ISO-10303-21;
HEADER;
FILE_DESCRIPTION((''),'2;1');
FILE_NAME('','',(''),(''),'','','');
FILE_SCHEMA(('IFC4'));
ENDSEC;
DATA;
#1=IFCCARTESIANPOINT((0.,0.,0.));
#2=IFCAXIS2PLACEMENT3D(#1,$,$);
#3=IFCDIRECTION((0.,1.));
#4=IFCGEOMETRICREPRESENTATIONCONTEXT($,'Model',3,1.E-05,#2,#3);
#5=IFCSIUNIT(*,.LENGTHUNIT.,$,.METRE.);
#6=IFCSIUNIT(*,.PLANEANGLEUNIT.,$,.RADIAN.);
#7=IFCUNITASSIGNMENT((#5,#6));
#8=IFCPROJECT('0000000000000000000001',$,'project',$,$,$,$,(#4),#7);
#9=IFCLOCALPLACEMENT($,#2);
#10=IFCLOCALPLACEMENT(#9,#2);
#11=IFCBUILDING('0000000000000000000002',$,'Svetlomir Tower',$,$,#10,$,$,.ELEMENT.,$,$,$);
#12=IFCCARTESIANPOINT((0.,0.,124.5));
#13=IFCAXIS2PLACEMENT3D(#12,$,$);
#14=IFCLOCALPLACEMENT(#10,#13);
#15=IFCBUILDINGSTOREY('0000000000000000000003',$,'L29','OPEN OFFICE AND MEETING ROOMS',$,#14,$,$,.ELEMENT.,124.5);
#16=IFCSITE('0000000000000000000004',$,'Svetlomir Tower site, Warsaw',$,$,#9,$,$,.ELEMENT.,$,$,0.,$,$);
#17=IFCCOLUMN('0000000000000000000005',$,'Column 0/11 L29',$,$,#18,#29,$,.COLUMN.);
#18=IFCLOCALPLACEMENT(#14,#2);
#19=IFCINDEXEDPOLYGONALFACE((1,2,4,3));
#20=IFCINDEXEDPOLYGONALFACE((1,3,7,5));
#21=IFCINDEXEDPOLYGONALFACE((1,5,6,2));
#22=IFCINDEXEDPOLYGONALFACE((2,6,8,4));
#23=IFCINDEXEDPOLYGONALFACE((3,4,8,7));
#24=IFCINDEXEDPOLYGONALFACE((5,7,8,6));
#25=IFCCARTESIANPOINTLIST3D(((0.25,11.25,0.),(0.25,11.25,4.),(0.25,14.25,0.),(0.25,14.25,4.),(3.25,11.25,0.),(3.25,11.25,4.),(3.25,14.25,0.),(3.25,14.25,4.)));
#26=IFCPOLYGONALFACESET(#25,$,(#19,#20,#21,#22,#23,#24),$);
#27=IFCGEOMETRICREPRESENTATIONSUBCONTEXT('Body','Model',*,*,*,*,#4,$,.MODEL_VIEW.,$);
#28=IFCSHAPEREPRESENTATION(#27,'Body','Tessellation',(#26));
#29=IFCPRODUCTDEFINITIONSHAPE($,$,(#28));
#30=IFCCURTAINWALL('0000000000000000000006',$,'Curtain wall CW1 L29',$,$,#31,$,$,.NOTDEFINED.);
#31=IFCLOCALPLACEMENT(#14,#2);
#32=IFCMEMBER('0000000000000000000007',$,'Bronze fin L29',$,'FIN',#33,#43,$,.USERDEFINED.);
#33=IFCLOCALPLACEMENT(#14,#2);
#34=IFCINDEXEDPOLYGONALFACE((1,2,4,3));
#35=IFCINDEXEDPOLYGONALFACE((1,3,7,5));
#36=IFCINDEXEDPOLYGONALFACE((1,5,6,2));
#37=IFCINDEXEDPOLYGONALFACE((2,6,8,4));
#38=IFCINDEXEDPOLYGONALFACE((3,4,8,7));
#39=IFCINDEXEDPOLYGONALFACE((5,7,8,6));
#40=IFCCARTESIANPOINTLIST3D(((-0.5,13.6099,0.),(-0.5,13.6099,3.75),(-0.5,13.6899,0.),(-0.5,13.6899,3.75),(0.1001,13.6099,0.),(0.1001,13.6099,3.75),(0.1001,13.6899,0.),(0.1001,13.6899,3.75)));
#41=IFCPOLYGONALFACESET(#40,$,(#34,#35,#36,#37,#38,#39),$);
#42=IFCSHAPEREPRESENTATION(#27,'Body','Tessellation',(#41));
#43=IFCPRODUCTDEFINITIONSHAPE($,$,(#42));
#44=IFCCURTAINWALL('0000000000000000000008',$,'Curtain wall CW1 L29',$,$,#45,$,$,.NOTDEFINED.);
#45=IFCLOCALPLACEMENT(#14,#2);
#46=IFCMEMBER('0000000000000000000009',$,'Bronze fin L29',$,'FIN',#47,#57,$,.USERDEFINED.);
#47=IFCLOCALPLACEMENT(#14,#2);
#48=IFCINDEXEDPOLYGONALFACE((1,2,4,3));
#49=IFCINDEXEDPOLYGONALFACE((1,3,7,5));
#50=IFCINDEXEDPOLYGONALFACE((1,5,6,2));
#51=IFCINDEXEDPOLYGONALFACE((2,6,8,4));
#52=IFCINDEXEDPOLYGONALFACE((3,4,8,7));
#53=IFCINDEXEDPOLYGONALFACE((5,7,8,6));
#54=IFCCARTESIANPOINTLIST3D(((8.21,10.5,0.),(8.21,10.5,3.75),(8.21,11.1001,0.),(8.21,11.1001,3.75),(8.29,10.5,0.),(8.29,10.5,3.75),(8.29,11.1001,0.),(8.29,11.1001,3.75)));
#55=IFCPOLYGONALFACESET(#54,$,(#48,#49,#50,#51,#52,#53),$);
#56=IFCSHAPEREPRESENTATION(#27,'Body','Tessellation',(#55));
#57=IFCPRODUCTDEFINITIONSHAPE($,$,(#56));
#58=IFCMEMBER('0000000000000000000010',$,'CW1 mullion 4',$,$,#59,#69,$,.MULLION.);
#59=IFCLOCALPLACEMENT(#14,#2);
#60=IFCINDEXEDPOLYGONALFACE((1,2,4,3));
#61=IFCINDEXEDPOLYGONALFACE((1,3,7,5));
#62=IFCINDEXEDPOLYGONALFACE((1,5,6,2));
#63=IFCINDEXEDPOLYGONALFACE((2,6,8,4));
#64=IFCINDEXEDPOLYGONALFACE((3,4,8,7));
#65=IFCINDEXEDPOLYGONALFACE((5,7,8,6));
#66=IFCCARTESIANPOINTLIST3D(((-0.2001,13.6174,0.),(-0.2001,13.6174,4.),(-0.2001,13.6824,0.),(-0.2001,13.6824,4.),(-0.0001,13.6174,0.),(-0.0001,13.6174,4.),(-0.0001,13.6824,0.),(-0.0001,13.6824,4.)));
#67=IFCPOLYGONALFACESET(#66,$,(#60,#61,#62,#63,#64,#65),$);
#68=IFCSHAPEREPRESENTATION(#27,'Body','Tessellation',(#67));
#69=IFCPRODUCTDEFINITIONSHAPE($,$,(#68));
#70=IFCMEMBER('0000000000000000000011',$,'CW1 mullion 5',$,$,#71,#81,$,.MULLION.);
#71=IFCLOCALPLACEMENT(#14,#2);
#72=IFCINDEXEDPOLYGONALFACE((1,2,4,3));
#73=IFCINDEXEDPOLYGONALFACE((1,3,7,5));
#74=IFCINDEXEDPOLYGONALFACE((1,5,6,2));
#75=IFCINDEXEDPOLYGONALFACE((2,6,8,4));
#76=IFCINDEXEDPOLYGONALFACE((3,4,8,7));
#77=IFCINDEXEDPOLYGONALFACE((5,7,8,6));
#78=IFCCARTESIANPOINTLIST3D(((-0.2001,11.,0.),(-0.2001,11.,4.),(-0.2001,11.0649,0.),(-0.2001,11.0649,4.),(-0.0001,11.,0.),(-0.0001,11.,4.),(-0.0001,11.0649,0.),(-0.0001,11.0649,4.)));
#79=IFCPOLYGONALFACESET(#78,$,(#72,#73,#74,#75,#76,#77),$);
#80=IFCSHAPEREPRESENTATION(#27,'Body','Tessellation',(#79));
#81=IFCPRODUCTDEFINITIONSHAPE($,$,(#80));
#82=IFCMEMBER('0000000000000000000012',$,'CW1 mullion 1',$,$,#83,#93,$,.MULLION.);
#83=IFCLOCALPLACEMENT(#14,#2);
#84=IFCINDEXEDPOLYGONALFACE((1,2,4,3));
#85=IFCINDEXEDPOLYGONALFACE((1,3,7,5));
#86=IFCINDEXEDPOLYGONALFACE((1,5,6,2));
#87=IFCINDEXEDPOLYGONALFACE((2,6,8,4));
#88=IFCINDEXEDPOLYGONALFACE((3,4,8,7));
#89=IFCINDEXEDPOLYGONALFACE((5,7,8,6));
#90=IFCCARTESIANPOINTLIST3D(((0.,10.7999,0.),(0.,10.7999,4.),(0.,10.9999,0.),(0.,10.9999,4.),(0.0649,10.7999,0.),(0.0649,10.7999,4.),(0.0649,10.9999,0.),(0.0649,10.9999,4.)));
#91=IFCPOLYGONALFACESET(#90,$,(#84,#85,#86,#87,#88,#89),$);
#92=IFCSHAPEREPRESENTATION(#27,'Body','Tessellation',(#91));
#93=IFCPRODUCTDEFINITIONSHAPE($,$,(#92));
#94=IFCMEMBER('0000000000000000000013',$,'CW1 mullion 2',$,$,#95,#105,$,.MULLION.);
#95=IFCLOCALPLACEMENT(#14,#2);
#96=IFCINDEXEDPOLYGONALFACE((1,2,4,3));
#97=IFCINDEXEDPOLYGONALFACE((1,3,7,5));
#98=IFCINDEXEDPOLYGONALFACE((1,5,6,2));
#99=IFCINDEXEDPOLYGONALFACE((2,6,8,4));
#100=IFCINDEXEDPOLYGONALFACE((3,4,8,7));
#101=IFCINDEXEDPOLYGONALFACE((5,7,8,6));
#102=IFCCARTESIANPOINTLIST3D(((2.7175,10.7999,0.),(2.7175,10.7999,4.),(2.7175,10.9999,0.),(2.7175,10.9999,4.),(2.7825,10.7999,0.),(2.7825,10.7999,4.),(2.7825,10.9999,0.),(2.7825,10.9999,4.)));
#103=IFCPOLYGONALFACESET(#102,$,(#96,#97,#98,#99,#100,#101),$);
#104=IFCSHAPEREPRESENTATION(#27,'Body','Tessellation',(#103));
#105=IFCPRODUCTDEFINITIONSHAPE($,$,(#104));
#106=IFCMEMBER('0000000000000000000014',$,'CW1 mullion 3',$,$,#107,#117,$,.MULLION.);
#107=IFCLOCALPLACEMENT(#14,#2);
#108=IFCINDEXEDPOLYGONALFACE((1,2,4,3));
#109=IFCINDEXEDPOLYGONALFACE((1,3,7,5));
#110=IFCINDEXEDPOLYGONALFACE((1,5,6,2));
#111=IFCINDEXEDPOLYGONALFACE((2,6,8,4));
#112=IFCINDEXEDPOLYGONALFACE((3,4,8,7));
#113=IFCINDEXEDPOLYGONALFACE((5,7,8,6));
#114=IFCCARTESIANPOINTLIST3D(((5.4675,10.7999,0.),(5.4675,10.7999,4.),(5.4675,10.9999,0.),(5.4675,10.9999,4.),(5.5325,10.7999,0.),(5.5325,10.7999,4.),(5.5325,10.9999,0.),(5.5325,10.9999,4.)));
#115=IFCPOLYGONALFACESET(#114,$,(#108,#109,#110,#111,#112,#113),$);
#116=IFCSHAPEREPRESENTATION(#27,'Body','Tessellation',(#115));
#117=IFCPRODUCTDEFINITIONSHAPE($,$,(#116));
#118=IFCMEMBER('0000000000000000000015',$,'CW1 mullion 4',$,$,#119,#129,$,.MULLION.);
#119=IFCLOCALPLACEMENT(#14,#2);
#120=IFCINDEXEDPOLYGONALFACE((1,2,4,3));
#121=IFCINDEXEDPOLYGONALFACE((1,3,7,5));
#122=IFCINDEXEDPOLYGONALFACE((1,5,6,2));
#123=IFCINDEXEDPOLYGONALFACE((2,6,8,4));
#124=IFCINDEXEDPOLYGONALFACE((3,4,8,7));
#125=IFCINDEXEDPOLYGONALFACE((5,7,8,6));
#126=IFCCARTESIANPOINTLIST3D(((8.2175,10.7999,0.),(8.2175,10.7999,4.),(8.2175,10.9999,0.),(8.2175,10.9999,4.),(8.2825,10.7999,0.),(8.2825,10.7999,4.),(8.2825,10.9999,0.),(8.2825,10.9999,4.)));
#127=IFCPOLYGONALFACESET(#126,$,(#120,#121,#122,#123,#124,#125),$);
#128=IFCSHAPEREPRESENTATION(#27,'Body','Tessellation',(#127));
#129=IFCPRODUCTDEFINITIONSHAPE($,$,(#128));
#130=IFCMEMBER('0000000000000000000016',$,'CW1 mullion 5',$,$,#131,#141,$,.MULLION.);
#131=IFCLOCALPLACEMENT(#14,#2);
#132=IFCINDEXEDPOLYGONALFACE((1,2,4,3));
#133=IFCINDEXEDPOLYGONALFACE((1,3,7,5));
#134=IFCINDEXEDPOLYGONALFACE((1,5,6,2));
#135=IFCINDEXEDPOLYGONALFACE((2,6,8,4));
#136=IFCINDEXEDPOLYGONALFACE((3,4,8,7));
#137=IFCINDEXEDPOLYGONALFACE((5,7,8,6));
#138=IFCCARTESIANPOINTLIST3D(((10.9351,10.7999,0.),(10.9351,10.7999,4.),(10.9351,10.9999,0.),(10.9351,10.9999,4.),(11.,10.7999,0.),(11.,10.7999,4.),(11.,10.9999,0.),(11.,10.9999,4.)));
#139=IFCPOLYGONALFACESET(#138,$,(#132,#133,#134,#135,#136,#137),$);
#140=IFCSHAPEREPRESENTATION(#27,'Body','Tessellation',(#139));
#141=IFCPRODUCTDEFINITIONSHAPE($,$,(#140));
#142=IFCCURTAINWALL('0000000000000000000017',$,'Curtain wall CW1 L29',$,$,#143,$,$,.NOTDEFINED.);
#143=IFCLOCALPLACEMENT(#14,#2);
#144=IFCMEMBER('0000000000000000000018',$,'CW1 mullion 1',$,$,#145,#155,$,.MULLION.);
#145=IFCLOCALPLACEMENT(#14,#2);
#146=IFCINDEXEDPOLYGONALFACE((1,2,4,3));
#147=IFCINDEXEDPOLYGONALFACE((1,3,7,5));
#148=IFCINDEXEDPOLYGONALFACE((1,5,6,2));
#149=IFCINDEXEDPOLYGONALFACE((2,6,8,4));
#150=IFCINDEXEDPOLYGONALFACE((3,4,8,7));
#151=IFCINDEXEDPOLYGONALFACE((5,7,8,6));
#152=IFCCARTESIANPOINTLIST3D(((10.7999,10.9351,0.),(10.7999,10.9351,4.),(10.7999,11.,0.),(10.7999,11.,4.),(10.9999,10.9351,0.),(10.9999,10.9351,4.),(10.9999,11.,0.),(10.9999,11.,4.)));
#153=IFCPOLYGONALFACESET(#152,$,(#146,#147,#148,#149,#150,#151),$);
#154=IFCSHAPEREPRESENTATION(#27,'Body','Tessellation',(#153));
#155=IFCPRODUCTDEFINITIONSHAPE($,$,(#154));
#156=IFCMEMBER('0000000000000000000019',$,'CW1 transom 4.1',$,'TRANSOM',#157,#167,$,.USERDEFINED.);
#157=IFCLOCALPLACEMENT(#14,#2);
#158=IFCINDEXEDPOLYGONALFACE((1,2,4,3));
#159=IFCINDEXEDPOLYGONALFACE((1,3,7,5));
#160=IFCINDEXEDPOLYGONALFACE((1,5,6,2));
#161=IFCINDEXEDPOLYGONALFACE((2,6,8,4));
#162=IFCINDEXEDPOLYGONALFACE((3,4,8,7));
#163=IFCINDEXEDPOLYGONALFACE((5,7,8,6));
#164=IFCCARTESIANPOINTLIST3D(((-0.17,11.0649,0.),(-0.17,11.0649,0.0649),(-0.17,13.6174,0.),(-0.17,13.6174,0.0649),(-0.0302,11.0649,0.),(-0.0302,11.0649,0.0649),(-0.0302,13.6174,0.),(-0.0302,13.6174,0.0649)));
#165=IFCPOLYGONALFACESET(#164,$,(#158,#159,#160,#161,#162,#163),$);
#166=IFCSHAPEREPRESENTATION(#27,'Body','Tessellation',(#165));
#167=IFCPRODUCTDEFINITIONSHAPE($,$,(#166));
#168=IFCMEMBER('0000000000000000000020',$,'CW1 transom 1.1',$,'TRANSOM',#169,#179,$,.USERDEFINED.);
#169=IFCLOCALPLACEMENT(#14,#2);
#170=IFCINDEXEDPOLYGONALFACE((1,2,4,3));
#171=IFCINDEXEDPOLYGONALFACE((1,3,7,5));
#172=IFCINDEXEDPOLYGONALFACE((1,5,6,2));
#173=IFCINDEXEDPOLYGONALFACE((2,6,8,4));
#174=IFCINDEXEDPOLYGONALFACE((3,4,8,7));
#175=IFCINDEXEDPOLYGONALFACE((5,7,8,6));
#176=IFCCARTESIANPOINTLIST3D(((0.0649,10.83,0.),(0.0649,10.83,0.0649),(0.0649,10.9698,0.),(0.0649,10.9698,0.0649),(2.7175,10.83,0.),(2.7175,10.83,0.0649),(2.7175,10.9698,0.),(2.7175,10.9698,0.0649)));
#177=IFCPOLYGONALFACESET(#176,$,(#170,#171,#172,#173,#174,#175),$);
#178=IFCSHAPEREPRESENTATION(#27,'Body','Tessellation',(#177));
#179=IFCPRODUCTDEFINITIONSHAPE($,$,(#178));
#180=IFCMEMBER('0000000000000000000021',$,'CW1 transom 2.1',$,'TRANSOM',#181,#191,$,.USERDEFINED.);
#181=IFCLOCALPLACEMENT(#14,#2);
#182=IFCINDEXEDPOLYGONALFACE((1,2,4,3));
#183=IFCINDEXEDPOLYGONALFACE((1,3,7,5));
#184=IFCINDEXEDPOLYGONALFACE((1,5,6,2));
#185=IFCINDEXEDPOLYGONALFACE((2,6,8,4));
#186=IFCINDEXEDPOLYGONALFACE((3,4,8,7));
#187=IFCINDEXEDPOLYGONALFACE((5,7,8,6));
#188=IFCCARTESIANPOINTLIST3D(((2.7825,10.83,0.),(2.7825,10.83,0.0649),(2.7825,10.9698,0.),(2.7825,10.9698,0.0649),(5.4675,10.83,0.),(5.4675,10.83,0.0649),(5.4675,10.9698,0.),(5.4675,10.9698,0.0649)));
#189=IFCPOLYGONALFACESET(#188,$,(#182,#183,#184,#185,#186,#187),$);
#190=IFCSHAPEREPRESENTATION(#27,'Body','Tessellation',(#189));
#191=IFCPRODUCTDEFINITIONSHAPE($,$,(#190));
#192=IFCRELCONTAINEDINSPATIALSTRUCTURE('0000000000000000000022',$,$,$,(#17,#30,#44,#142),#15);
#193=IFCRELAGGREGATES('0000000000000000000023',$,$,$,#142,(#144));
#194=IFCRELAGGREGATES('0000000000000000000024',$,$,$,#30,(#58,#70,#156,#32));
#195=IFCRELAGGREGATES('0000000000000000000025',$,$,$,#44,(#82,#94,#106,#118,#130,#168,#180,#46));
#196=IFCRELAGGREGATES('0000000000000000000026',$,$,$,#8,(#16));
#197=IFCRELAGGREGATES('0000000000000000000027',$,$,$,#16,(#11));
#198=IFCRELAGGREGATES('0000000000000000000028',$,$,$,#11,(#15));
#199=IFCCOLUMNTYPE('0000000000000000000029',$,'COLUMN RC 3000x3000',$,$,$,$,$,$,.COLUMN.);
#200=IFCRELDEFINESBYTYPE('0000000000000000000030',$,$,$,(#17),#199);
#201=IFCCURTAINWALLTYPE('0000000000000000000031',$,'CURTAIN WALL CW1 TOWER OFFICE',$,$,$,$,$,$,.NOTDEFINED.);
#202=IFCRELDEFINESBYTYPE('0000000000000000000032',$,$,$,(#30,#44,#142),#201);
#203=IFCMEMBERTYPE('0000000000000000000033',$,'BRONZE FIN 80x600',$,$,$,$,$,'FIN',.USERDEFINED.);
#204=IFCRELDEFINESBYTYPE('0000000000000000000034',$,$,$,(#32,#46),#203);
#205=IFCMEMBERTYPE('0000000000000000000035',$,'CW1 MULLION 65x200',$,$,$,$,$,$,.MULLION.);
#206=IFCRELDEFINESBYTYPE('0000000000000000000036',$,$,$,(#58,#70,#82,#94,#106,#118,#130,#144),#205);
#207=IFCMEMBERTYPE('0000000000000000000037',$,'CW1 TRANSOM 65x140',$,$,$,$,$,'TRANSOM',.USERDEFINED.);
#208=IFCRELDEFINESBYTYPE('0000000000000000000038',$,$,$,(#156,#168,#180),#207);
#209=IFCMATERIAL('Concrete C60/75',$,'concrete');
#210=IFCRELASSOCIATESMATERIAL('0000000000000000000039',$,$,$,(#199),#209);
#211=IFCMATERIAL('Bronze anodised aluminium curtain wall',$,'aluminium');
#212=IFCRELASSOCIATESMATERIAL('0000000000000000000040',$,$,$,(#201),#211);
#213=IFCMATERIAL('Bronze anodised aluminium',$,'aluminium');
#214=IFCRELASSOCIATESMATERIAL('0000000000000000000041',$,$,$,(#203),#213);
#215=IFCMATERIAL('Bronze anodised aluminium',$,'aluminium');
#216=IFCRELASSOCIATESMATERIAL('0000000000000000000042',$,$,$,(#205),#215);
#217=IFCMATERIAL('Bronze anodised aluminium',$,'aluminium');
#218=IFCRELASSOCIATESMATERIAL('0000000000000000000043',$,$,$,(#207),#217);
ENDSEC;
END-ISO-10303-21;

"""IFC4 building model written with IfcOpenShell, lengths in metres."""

from ifc_helpers import new_model, si_unit, direction, frame, origin, origin_2d, place, context, subcontext, project, spatial, rectangle, extrude, material, material_profile, profile_set, type_object, element, aggregate, save


model = new_model("IFC4")

# Units and contexts
model_context = context("Model", 3, precision=1e-05, world=origin(), true_north=direction((0.0, 1.0)))
body_context = subcontext(model_context, "Body", "Model", "MODEL_VIEW")
ifc_project = project(units=[si_unit("LENGTHUNIT", "METRE"), si_unit("PLANEANGLEUNIT", "RADIAN")], contexts=[model_context])

# Site, building, storey
site_placement = place(None, origin())
site = spatial("IfcSite", under=ifc_project, at=site_placement, Name="Svetlomir Tower site, Warsaw", CompositionType="ELEMENT", RefElevation=0.0)
building_placement = place(site_placement, origin())
building = spatial("IfcBuilding", under=site, at=building_placement, Name="Svetlomir Tower", CompositionType="ELEMENT")
storey_placement = place(building_placement, frame((0.0, 0.0, 124.5)))
storey = spatial("IfcBuildingStorey", under=building, at=storey_placement, Name="L29", Description="OPEN OFFICE AND MEETING ROOMS", CompositionType="ELEMENT", Elevation=124.5)

# Column
ifc_material_1 = material(Name="Concrete C60/75", Category="concrete")
ifc_material_profile_1 = material_profile(ifc_material_1, rectangle(XDim=3.0, YDim=3.0, at=origin_2d()), Name="RC 3000x3000")
ifc_profile_set_1 = profile_set([ifc_material_profile_1], Name="Concrete C60/75")
column_type = type_object("IfcColumnType", Name="COLUMN RC 3000x3000", PredefinedType="COLUMN", material=ifc_profile_set_1)
column_placement = place(storey_placement, frame((1.75, 12.75, 0.0), z_axis=(0.0, 0.0, 1.0), x_axis=(1.0, 0.0, 0.0)))
element("IfcColumn", 1, at=column_placement, inside=storey, type_object=column_type, Name="Column 0/11 L29", PredefinedType="COLUMN", context=body_context, shape_type="SweptSolid", body=[
    extrude(rectangle(XDim=3.0, YDim=3.0, at=origin_2d()), origin(), (0.0, 0.0, 1.0), 4.0),
])

# Curtain walls, members
ifc_material_2 = material(Name="Bronze anodised aluminium curtain wall", Category="aluminium")
curtain_wall_type = type_object("IfcCurtainWallType", Name="CURTAIN WALL CW1 TOWER OFFICE", PredefinedType="NOTDEFINED", material=ifc_material_2)
curtain_wall_1_placement = place(storey_placement, origin())
curtain_wall_1 = element("IfcCurtainWall", 2, at=curtain_wall_1_placement, inside=storey, type_object=curtain_wall_type, Name="Curtain wall CW1 L29", PredefinedType="NOTDEFINED")
ifc_material_3 = material(Name="Bronze anodised aluminium", Category="aluminium")
ifc_material_profile_2 = material_profile(ifc_material_3, rectangle(XDim=0.0801, YDim=0.6001, at=origin_2d()), Name="FIN 80x600")
ifc_profile_set_2 = profile_set([ifc_material_profile_2], Name="Bronze anodised aluminium 6063-T6")
member_type_1 = type_object("IfcMemberType", Name="BRONZE FIN 80x600", ElementType="FIN", PredefinedType="USERDEFINED", material=ifc_profile_set_2)
member_1_placement = place(storey_placement, frame((-0.2, 13.6499, 0.0), z_axis=(0.0, 0.0, 1.0), x_axis=(0.0, 1.0, 0.0)))
member_1 = element("IfcMember", 3, at=member_1_placement, type_object=member_type_1, Name="Bronze fin L29", ObjectType="FIN", PredefinedType="USERDEFINED", context=body_context, shape_type="SweptSolid", body=[
    extrude(rectangle(XDim=0.0801, YDim=0.6001, at=origin_2d()), origin(), (0.0, 0.0, 1.0), 3.75),
])
curtain_wall_2_placement = place(storey_placement, origin())
curtain_wall_2 = element("IfcCurtainWall", 4, at=curtain_wall_2_placement, inside=storey, type_object=curtain_wall_type, Name="Curtain wall CW1 L29", PredefinedType="NOTDEFINED")
member_2_placement = place(storey_placement, frame((8.25, 10.8, 0.0), z_axis=(0.0, 0.0, 1.0), x_axis=(1.0, 0.0, 0.0)))
member_2 = element("IfcMember", 5, at=member_2_placement, type_object=member_type_1, Name="Bronze fin L29", ObjectType="FIN", PredefinedType="USERDEFINED", context=body_context, shape_type="SweptSolid", body=[
    extrude(rectangle(XDim=0.0801, YDim=0.6001, at=origin_2d()), origin(), (0.0, 0.0, 1.0), 3.75),
])

# Members
ifc_material_4 = material(Name="Bronze anodised aluminium", Category="aluminium")
ifc_material_profile_3 = material_profile(ifc_material_4, rectangle(XDim=0.0649, YDim=0.2, at=origin_2d()), Name="AL 65x200")
ifc_profile_set_3 = profile_set([ifc_material_profile_3], Name="Bronze anodised aluminium 6063-T6")
member_type_2 = type_object("IfcMemberType", Name="CW1 MULLION 65x200", PredefinedType="MULLION", material=ifc_profile_set_3)
member_3_placement = place(storey_placement, frame((-0.1001, 13.6499, 0.0), z_axis=(0.0, 0.0, 1.0), x_axis=(0.0, -1.0, 0.0)))
member_3 = element("IfcMember", 6, at=member_3_placement, type_object=member_type_2, Name="CW1 mullion 4", PredefinedType="MULLION", context=body_context, shape_type="SweptSolid", body=[
    extrude(rectangle(XDim=0.0649, YDim=0.2, at=origin_2d()), origin(), (0.0, 0.0, 1.0), 4.0),
])
member_4_placement = place(storey_placement, frame((-0.1001, 11.0325, 0.0), z_axis=(0.0, 0.0, 1.0), x_axis=(0.0, -1.0, 0.0)))
member_4 = element("IfcMember", 7, at=member_4_placement, type_object=member_type_2, Name="CW1 mullion 5", PredefinedType="MULLION", context=body_context, shape_type="SweptSolid", body=[
    extrude(rectangle(XDim=0.0649, YDim=0.2, at=origin_2d()), origin(), (0.0, 0.0, 1.0), 4.0),
])
member_5_placement = place(storey_placement, frame((0.0325, 10.8999, 0.0), z_axis=(0.0, 0.0, 1.0), x_axis=(1.0, 0.0, 0.0)))
member_5 = element("IfcMember", 8, at=member_5_placement, type_object=member_type_2, Name="CW1 mullion 1", PredefinedType="MULLION", context=body_context, shape_type="SweptSolid", body=[
    extrude(rectangle(XDim=0.0649, YDim=0.2, at=origin_2d()), origin(), (0.0, 0.0, 1.0), 4.0),
])
member_6_placement = place(storey_placement, frame((2.75, 10.8999, 0.0), z_axis=(0.0, 0.0, 1.0), x_axis=(1.0, 0.0, 0.0)))
member_6 = element("IfcMember", 9, at=member_6_placement, type_object=member_type_2, Name="CW1 mullion 2", PredefinedType="MULLION", context=body_context, shape_type="SweptSolid", body=[
    extrude(rectangle(XDim=0.0649, YDim=0.2, at=origin_2d()), origin(), (0.0, 0.0, 1.0), 4.0),
])
member_7_placement = place(storey_placement, frame((5.5, 10.8999, 0.0), z_axis=(0.0, 0.0, 1.0), x_axis=(1.0, 0.0, 0.0)))
member_7 = element("IfcMember", 10, at=member_7_placement, type_object=member_type_2, Name="CW1 mullion 3", PredefinedType="MULLION", context=body_context, shape_type="SweptSolid", body=[
    extrude(rectangle(XDim=0.0649, YDim=0.2, at=origin_2d()), origin(), (0.0, 0.0, 1.0), 4.0),
])
member_8_placement = place(storey_placement, frame((8.25, 10.8999, 0.0), z_axis=(0.0, 0.0, 1.0), x_axis=(1.0, 0.0, 0.0)))
member_8 = element("IfcMember", 11, at=member_8_placement, type_object=member_type_2, Name="CW1 mullion 4", PredefinedType="MULLION", context=body_context, shape_type="SweptSolid", body=[
    extrude(rectangle(XDim=0.0649, YDim=0.2, at=origin_2d()), origin(), (0.0, 0.0, 1.0), 4.0),
])
member_9_placement = place(storey_placement, frame((10.9675, 10.8999, 0.0), z_axis=(0.0, 0.0, 1.0), x_axis=(1.0, 0.0, 0.0)))
member_9 = element("IfcMember", 12, at=member_9_placement, type_object=member_type_2, Name="CW1 mullion 5", PredefinedType="MULLION", context=body_context, shape_type="SweptSolid", body=[
    extrude(rectangle(XDim=0.0649, YDim=0.2, at=origin_2d()), origin(), (0.0, 0.0, 1.0), 4.0),
])

# Curtain wall, member
curtain_wall_3_placement = place(storey_placement, origin())
curtain_wall_3 = element("IfcCurtainWall", 13, at=curtain_wall_3_placement, inside=storey, type_object=curtain_wall_type, Name="Curtain wall CW1 L29", PredefinedType="NOTDEFINED")
member_10_placement = place(storey_placement, frame((10.8999, 10.9675, 0.0), z_axis=(0.0, 0.0, 1.0), x_axis=(0.0, -1.0, 0.0)))
member_10 = element("IfcMember", 14, at=member_10_placement, type_object=member_type_2, Name="CW1 mullion 1", PredefinedType="MULLION", context=body_context, shape_type="SweptSolid", body=[
    extrude(rectangle(XDim=0.0649, YDim=0.2, at=origin_2d()), origin(), (0.0, 0.0, 1.0), 4.0),
])

# Members
ifc_material_5 = material(Name="Bronze anodised aluminium", Category="aluminium")
ifc_material_profile_4 = material_profile(ifc_material_5, rectangle(XDim=0.1399, YDim=0.0649, at=origin_2d()), Name="AL 140x65")
ifc_profile_set_4 = profile_set([ifc_material_profile_4], Name="Bronze anodised aluminium 6063-T6")
member_type_3 = type_object("IfcMemberType", Name="CW1 TRANSOM 65x140", ElementType="TRANSOM", PredefinedType="USERDEFINED", material=ifc_profile_set_4)
member_11_placement = place(storey_placement, frame((-0.1001, 13.6174, 0.0325), z_axis=(0.0, -1.0, 0.0), x_axis=(1.0, 0.0, 0.0)))
member_11 = element("IfcMember", 15, at=member_11_placement, type_object=member_type_3, Name="CW1 transom 4.1", ObjectType="TRANSOM", PredefinedType="USERDEFINED", context=body_context, shape_type="SweptSolid", body=[
    extrude(rectangle(XDim=0.1399, YDim=0.0649, at=origin_2d()), origin(), (0.0, 0.0, 1.0), 2.5525),
])
member_12_placement = place(storey_placement, frame((0.0649, 10.8999, 0.0325), z_axis=(1.0, 0.0, 0.0), x_axis=(0.0, 1.0, 0.0)))
member_12 = element("IfcMember", 16, at=member_12_placement, type_object=member_type_3, Name="CW1 transom 1.1", ObjectType="TRANSOM", PredefinedType="USERDEFINED", context=body_context, shape_type="SweptSolid", body=[
    extrude(rectangle(XDim=0.1399, YDim=0.0649, at=origin_2d()), origin(), (0.0, 0.0, 1.0), 2.6526),
])
member_13_placement = place(storey_placement, frame((2.7825, 10.8999, 0.0325), z_axis=(1.0, 0.0, 0.0), x_axis=(0.0, 1.0, 0.0)))
member_13 = element("IfcMember", 17, at=member_13_placement, type_object=member_type_3, Name="CW1 transom 2.1", ObjectType="TRANSOM", PredefinedType="USERDEFINED", context=body_context, shape_type="SweptSolid", body=[
    extrude(rectangle(XDim=0.1399, YDim=0.0649, at=origin_2d()), origin(), (0.0, 0.0, 1.0), 2.6851),
])
aggregate(curtain_wall_3, [member_10])

aggregate(curtain_wall_1, [member_3, member_4, member_11, member_1])
aggregate(curtain_wall_2, [member_5, member_6, member_7, member_8, member_9, member_12, member_13, member_2])

save(model, "model.ifc")
